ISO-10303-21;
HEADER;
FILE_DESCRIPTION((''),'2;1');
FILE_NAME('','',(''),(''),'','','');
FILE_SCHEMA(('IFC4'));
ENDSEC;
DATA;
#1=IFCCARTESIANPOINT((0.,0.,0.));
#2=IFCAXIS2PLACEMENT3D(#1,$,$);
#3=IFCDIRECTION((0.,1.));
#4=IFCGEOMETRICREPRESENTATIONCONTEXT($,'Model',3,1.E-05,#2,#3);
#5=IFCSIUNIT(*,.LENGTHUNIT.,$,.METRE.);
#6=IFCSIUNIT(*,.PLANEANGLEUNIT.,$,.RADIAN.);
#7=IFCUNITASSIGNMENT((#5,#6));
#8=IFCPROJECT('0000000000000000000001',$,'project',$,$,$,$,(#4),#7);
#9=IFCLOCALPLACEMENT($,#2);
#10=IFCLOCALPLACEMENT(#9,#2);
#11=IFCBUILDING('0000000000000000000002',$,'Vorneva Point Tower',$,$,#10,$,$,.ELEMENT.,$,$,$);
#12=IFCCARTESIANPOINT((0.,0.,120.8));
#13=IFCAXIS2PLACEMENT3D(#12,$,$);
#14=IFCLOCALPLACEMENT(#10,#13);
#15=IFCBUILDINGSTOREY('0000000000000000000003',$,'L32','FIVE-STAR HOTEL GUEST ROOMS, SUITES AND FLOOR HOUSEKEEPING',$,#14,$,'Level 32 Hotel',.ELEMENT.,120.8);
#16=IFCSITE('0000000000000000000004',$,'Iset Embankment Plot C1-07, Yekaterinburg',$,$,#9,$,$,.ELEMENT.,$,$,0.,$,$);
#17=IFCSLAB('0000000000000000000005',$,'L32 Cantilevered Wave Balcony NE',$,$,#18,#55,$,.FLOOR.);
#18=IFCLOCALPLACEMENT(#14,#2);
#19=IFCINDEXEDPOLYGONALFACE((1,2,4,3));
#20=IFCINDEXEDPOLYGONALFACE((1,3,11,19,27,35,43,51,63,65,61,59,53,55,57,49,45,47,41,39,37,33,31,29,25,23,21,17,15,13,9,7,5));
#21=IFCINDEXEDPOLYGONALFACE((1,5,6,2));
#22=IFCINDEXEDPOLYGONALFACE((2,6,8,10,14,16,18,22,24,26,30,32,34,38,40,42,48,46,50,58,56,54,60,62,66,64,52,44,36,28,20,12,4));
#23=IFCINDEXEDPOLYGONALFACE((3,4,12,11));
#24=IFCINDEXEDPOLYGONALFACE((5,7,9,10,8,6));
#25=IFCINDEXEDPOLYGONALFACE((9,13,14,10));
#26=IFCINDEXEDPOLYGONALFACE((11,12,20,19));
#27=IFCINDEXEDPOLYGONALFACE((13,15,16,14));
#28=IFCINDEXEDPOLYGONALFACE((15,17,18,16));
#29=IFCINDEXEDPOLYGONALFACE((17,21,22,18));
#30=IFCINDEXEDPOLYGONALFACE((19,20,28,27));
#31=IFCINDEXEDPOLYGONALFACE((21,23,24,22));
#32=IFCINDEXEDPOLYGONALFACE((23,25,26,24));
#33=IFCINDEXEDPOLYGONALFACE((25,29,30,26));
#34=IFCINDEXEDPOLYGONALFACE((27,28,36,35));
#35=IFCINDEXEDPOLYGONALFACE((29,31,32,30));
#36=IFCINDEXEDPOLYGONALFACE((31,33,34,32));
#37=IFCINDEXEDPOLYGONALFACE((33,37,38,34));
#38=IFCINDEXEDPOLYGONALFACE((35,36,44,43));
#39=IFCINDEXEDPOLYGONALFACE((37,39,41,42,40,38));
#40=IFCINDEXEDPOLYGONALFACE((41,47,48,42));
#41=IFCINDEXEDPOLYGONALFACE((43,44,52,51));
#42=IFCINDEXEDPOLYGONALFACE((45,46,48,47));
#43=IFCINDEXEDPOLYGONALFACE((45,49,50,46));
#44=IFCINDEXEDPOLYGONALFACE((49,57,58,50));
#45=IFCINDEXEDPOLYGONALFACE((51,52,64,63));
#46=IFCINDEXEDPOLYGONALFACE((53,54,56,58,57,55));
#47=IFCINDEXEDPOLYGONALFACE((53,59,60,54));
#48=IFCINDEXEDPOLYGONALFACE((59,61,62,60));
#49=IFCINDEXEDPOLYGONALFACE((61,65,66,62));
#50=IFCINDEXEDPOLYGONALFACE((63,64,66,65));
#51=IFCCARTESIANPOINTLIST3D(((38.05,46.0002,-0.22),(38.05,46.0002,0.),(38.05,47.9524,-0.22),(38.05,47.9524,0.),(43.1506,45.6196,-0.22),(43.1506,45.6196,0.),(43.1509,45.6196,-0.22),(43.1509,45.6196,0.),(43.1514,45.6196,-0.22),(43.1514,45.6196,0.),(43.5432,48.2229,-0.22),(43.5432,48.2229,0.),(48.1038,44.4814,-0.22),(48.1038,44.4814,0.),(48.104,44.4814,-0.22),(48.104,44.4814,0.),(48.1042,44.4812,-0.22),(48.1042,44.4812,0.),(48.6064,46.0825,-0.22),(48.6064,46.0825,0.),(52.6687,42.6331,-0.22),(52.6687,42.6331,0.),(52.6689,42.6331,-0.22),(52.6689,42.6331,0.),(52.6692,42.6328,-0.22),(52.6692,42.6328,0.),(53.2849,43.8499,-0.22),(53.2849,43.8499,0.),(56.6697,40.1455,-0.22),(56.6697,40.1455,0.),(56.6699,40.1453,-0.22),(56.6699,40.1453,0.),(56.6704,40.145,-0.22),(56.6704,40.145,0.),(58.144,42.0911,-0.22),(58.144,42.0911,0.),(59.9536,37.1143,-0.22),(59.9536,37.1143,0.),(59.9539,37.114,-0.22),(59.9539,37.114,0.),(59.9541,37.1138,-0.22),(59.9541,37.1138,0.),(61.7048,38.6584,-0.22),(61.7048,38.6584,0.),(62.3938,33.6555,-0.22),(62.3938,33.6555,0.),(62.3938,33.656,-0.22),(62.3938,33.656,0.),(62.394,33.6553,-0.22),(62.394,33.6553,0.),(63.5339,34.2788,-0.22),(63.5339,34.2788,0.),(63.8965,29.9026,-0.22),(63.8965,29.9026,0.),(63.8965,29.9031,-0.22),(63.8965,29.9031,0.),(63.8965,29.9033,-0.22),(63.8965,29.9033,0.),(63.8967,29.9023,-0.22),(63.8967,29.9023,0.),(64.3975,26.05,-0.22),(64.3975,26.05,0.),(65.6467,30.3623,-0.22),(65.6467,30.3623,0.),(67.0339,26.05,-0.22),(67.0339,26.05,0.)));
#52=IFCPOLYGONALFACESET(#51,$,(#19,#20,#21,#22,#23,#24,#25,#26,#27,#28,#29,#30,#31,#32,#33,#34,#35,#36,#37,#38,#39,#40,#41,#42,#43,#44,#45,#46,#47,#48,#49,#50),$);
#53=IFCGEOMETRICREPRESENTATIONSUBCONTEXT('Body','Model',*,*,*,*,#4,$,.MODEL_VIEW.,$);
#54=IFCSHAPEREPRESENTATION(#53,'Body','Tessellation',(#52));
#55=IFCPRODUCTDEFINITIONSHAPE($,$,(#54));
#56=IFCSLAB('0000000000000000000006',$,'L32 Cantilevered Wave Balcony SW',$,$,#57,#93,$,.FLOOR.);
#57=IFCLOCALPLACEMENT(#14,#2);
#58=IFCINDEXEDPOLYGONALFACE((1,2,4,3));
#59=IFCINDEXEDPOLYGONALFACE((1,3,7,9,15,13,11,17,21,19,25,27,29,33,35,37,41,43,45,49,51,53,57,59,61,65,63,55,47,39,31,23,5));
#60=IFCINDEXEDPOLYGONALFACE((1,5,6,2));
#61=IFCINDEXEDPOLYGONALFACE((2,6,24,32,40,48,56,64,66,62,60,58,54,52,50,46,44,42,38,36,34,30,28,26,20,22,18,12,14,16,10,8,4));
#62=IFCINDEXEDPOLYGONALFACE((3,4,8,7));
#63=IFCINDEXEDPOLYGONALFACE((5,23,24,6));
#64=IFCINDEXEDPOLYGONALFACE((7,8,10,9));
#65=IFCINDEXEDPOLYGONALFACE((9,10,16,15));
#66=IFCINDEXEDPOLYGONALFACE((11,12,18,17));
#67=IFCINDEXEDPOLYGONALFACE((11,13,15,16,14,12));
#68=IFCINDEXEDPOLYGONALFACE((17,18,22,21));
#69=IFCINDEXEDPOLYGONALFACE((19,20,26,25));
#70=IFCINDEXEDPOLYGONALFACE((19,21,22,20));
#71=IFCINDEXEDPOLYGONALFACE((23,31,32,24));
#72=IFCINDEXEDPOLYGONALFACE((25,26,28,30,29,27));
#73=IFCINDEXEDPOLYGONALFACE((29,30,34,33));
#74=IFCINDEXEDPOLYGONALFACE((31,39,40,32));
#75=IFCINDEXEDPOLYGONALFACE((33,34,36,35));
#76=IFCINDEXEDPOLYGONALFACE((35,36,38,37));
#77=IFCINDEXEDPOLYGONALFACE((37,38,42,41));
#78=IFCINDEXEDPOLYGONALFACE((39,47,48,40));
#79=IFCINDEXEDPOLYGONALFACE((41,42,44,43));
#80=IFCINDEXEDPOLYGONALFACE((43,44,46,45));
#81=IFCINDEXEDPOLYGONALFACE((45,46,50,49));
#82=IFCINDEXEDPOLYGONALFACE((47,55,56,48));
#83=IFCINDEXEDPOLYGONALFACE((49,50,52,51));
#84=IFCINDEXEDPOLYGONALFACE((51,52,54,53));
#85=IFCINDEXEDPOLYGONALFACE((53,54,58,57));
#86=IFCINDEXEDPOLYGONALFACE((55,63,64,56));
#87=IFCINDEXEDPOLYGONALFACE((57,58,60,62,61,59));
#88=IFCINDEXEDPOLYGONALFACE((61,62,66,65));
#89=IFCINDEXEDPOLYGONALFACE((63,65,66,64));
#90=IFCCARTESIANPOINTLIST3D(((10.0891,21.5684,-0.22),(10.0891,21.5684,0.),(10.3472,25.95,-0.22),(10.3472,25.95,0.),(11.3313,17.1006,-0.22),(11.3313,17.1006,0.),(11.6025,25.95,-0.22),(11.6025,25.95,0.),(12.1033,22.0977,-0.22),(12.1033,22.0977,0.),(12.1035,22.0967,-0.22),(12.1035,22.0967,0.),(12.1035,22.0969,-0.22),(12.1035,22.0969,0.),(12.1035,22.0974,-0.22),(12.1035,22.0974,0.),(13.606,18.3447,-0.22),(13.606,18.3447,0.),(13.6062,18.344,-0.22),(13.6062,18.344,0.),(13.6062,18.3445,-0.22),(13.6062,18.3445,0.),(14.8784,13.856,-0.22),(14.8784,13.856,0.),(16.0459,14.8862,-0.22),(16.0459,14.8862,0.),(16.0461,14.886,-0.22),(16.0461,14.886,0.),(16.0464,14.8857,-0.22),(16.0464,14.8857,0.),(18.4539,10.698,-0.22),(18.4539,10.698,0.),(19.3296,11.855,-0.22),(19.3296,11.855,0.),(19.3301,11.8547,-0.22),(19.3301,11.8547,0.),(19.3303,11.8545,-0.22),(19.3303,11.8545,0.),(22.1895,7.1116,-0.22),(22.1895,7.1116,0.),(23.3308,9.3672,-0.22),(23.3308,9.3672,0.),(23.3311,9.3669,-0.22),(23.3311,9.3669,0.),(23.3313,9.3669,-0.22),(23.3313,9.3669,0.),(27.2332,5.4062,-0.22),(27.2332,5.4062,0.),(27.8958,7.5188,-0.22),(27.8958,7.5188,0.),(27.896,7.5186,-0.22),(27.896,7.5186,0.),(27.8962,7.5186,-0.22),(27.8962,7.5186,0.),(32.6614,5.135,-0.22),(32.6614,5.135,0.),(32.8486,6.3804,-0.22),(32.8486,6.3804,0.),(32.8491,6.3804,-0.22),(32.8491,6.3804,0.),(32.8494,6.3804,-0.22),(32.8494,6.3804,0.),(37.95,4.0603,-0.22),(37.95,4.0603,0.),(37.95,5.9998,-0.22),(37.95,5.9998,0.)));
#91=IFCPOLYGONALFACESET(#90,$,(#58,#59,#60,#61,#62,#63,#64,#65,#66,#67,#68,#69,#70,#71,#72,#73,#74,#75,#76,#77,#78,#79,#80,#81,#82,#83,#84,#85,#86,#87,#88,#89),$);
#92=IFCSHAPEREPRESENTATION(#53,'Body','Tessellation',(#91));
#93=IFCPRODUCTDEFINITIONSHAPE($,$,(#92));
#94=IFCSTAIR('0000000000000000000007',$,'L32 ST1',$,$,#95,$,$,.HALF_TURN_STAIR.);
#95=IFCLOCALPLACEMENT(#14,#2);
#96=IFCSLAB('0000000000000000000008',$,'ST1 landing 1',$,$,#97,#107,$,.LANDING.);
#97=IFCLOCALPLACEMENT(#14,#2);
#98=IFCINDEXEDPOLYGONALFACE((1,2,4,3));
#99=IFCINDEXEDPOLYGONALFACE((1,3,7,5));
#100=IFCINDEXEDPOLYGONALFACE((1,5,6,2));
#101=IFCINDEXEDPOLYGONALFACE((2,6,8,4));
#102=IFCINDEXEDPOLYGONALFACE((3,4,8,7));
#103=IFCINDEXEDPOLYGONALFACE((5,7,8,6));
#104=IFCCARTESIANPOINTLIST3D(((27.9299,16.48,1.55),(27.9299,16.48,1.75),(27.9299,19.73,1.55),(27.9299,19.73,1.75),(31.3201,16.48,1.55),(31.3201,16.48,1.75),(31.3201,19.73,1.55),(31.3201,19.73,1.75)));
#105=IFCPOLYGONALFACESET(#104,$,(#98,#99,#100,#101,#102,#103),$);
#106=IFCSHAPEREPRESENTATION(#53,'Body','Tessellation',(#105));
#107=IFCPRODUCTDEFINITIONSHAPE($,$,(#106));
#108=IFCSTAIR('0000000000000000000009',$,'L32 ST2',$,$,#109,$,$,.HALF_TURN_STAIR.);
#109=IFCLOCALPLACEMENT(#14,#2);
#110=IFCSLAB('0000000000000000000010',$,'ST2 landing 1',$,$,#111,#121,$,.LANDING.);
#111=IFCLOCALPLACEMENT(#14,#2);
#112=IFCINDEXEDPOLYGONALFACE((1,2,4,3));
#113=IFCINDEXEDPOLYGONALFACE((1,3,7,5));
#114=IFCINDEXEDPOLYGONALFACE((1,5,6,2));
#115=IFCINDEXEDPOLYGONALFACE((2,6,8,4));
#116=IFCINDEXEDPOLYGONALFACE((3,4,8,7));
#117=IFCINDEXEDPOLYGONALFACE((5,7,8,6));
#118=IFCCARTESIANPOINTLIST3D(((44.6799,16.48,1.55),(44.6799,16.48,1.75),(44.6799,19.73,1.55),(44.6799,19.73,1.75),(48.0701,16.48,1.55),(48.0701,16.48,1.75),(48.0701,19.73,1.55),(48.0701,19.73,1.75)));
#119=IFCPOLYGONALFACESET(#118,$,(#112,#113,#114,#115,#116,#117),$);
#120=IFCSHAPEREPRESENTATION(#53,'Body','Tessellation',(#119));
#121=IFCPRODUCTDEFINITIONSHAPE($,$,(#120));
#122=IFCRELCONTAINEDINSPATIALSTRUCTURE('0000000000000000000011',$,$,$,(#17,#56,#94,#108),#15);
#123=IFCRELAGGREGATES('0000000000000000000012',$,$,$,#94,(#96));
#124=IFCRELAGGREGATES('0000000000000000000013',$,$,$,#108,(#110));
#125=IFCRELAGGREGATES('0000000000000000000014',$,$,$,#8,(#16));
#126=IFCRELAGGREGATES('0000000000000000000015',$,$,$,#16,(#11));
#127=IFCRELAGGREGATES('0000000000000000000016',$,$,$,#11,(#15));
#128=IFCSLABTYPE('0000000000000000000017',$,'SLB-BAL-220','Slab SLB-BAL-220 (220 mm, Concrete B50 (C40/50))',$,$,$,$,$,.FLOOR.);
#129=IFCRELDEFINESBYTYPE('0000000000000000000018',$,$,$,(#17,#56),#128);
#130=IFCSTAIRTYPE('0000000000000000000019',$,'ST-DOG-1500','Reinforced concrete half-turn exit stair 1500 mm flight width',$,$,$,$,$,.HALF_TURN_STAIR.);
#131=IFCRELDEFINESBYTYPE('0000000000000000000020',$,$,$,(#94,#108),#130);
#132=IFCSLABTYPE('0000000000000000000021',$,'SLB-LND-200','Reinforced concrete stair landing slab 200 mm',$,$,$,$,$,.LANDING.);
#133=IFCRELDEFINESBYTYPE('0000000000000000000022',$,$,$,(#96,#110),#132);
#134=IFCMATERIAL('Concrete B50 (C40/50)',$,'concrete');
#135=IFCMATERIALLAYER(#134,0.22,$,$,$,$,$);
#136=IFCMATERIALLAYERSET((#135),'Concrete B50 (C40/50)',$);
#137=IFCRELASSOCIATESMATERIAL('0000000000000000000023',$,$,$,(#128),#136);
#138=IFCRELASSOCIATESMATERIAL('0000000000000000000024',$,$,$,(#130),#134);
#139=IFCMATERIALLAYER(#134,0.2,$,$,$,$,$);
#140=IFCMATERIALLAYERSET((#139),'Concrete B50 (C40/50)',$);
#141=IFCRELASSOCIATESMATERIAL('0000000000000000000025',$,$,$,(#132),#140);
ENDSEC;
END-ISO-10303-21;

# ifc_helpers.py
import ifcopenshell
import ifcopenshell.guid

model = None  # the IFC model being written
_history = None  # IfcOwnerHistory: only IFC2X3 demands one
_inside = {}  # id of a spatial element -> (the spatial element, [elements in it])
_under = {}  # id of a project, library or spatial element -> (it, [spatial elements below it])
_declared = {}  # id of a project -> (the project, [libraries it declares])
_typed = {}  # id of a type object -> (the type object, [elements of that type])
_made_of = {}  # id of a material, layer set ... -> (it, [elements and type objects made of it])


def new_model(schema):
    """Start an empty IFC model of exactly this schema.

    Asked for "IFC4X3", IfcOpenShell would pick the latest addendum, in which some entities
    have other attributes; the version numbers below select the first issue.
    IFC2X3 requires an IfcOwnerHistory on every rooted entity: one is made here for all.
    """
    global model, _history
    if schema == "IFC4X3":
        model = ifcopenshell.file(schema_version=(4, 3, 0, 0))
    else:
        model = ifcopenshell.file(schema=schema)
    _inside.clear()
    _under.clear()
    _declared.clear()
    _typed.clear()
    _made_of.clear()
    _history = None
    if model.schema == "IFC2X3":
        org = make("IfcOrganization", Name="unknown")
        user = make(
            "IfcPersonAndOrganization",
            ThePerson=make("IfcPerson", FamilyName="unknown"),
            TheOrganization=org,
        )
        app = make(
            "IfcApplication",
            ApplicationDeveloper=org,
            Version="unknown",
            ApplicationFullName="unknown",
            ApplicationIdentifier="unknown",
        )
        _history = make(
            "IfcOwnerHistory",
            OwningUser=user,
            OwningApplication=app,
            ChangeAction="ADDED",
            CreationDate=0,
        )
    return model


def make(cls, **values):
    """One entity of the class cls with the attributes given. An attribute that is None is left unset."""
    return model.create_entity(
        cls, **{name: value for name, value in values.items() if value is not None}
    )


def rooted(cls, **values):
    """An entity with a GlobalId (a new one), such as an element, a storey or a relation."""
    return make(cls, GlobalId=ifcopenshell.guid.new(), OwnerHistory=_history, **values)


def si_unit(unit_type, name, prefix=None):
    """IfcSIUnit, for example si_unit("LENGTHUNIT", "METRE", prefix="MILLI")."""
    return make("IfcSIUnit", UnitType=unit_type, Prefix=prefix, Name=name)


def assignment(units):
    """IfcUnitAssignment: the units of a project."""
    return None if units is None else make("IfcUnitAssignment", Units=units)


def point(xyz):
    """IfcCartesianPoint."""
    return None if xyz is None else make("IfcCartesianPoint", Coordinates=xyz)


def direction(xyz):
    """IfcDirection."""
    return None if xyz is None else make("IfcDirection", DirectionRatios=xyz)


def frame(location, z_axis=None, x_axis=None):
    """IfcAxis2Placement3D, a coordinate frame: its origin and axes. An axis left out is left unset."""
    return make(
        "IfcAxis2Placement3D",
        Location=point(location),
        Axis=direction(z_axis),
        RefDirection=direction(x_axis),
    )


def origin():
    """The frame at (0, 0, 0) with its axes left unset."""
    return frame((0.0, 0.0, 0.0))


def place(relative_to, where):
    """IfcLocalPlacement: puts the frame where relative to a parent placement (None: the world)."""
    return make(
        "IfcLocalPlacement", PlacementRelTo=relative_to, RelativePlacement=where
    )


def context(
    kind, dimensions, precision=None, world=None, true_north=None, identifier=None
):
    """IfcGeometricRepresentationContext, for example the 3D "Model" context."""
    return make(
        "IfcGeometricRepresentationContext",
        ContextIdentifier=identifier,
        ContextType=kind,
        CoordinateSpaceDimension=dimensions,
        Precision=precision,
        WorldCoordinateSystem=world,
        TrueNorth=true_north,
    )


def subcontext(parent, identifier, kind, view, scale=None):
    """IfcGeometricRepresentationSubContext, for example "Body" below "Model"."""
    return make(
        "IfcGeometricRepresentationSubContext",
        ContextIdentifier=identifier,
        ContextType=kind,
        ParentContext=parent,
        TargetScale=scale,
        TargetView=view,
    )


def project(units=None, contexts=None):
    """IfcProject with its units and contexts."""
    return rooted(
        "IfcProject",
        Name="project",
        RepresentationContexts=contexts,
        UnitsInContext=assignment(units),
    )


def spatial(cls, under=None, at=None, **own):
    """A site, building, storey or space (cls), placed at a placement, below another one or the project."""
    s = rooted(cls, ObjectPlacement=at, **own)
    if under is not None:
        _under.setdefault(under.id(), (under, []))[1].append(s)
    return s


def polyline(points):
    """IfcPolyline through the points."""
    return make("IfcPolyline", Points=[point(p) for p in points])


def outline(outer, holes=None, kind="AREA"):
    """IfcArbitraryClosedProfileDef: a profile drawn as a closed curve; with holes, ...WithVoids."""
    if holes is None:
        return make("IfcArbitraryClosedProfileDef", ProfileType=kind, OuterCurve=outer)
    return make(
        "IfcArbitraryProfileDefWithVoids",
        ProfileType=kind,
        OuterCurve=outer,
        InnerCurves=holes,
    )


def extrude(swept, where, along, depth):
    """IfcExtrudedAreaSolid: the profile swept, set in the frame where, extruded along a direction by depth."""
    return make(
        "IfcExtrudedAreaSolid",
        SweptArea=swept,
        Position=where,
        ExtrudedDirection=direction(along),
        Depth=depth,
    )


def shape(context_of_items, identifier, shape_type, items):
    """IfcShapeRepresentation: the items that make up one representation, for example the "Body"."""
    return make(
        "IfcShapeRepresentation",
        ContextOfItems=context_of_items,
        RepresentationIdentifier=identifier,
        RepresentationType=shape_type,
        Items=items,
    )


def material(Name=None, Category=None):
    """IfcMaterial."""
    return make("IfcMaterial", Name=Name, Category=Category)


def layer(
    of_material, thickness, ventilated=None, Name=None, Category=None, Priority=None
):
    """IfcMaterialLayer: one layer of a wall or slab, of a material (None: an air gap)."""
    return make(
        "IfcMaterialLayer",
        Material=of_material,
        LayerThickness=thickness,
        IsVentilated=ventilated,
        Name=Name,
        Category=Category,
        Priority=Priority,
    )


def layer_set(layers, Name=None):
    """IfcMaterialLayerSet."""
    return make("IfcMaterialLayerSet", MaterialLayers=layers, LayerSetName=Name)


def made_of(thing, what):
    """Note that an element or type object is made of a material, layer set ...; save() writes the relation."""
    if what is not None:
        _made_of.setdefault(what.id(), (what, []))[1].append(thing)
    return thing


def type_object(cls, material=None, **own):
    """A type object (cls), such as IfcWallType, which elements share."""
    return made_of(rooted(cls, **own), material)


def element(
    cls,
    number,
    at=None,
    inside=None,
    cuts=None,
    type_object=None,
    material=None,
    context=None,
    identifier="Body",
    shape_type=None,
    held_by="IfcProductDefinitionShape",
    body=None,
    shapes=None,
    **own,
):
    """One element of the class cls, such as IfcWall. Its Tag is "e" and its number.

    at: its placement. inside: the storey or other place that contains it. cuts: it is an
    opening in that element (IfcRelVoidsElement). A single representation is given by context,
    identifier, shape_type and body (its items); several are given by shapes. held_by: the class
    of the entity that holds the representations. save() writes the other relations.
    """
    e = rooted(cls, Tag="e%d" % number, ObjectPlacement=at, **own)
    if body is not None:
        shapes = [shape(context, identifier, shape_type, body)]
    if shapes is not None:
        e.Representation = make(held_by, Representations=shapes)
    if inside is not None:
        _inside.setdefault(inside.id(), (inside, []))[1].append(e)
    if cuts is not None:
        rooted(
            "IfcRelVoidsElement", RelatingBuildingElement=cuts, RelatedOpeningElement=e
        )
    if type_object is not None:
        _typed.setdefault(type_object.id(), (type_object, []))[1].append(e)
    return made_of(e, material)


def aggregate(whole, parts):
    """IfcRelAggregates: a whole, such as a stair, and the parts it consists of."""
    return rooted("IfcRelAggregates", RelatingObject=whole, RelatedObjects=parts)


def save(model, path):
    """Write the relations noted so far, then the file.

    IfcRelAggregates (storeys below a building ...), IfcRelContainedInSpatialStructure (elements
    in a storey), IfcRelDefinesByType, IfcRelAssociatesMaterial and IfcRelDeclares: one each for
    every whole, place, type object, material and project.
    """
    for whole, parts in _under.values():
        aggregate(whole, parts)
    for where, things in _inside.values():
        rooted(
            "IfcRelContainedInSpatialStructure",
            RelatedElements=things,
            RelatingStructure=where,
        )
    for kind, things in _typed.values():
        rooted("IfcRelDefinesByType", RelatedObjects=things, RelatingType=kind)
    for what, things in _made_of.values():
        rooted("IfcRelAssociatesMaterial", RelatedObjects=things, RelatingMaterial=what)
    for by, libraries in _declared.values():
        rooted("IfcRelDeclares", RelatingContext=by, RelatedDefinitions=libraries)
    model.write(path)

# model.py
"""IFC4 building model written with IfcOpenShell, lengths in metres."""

from ifc_helpers import new_model, si_unit, direction, frame, origin, place, context, subcontext, project, spatial, polyline, outline, extrude, material, layer, layer_set, type_object, element, aggregate, save


model = new_model("IFC4")

# Units and contexts
model_context = context("Model", 3, precision=1e-05, world=origin(), true_north=direction((0.0, 1.0)))
body_context = subcontext(model_context, "Body", "Model", "MODEL_VIEW")
ifc_project = project(units=[si_unit("LENGTHUNIT", "METRE"), si_unit("PLANEANGLEUNIT", "RADIAN")], contexts=[model_context])

# Site, building, storey
site_placement = place(None, origin())
site = spatial("IfcSite", under=ifc_project, at=site_placement, Name="Iset Embankment Plot C1-07, Yekaterinburg", CompositionType="ELEMENT", RefElevation=0.0)
building_placement = place(site_placement, origin())
building = spatial("IfcBuilding", under=site, at=building_placement, Name="Vorneva Point Tower", CompositionType="ELEMENT")
storey_placement = place(building_placement, frame((0.0, 0.0, 120.8)))
storey = spatial("IfcBuildingStorey", under=building, at=storey_placement, Name="L32", Description="FIVE-STAR HOTEL GUEST ROOMS, SUITES AND FLOOR HOUSEKEEPING", LongName="Level 32 Hotel", CompositionType="ELEMENT", Elevation=120.8)

# Slabs
ifc_material_1 = material(Name="Concrete B50 (C40/50)", Category="concrete")
ifc_layer_1 = layer(ifc_material_1, 0.22)
ifc_layer_set_1 = layer_set([ifc_layer_1], Name="Concrete B50 (C40/50)")
slab_type_1 = type_object("IfcSlabType", Name="SLB-BAL-220", Description="Slab SLB-BAL-220 (220 mm, Concrete B50 (C40/50))", PredefinedType="FLOOR", material=ifc_layer_set_1)
slab_1_placement = place(storey_placement, frame((0.0, 0.0, -0.22)))
element("IfcSlab", 1, at=slab_1_placement, inside=storey, type_object=slab_type_1, Name="L32 Cantilevered Wave Balcony NE", PredefinedType="FLOOR", context=body_context, shape_type="SweptSolid", body=[
    extrude(outline(polyline([(38.05, 47.9524), (38.05, 46.0002), (43.1506, 45.6196), (43.1509, 45.6196), (43.1514, 45.6196), (48.1038, 44.4814), (48.104, 44.4814), (48.1042, 44.4812), (52.6687, 42.6331), (52.6689, 42.6331), (52.6692, 42.6328), (56.6697, 40.1455), (56.6699, 40.1453), (56.6704, 40.145), (59.9536, 37.1143), (59.9539, 37.114), (59.9541, 37.1138), (62.3938, 33.656), (62.3938, 33.6555), (62.394, 33.6553), (63.8965, 29.9033), (63.8965, 29.9031), (63.8965, 29.9026), (63.8967, 29.9023), (64.3975, 26.05), (67.0339, 26.05), (65.6467, 30.3623), (63.5339, 34.2788), (61.7048, 38.6584), (58.144, 42.0911), (53.2849, 43.8499), (48.6064, 46.0825), (43.5432, 48.2229), (38.05, 47.9524)])), origin(), (0.0, 0.0, 1.0), 0.22),
])
slab_2_placement = place(storey_placement, frame((0.0, 0.0, -0.22)))
element("IfcSlab", 2, at=slab_2_placement, inside=storey, type_object=slab_type_1, Name="L32 Cantilevered Wave Balcony SW", PredefinedType="FLOOR", context=body_context, shape_type="SweptSolid", body=[
    extrude(outline(polyline([(37.95, 4.0603), (37.95, 5.9998), (32.8494, 6.3804), (32.8491, 6.3804), (32.8486, 6.3804), (27.8962, 7.5186), (27.896, 7.5186), (27.8958, 7.5188), (23.3313, 9.3669), (23.3311, 9.3669), (23.3308, 9.3672), (19.3303, 11.8545), (19.3301, 11.8547), (19.3296, 11.855), (16.0464, 14.8857), (16.0461, 14.886), (16.0459, 14.8862), (13.6062, 18.344), (13.6062, 18.3445), (13.606, 18.3447), (12.1035, 22.0967), (12.1035, 22.0969), (12.1035, 22.0974), (12.1033, 22.0977), (11.6025, 25.95), (10.3472, 25.95), (10.0891, 21.5684), (11.3313, 17.1006), (14.8784, 13.856), (18.4539, 10.698), (22.1895, 7.1116), (27.2332, 5.4062), (32.6614, 5.135), (37.95, 4.0603)])), origin(), (0.0, 0.0, 1.0), 0.22),
])

# Stairs, slabs
stair_type = type_object("IfcStairType", Name="ST-DOG-1500", Description="Reinforced concrete half-turn exit stair 1500 mm flight width", PredefinedType="HALF_TURN_STAIR", material=ifc_material_1)
stair_1_placement = place(storey_placement, origin())
stair_1 = element("IfcStair", 3, at=stair_1_placement, inside=storey, type_object=stair_type, Name="L32 ST1", PredefinedType="HALF_TURN_STAIR")
ifc_layer_2 = layer(ifc_material_1, 0.2)
ifc_layer_set_2 = layer_set([ifc_layer_2], Name="Concrete B50 (C40/50)")
slab_type_2 = type_object("IfcSlabType", Name="SLB-LND-200", Description="Reinforced concrete stair landing slab 200 mm", PredefinedType="LANDING", material=ifc_layer_set_2)
slab_3_placement = place(storey_placement, frame((0.0, 0.0, 1.55)))
slab_3 = element("IfcSlab", 4, at=slab_3_placement, type_object=slab_type_2, Name="ST1 landing 1", PredefinedType="LANDING", context=body_context, shape_type="SweptSolid", body=[
    extrude(outline(polyline([(27.9299, 16.48), (31.3201, 16.48), (31.3201, 19.73), (27.9299, 19.73), (27.9299, 16.48)])), origin(), (0.0, 0.0, 1.0), 0.2),
])
aggregate(stair_1, [slab_3])
stair_2_placement = place(storey_placement, origin())
stair_2 = element("IfcStair", 5, at=stair_2_placement, inside=storey, type_object=stair_type, Name="L32 ST2", PredefinedType="HALF_TURN_STAIR")
slab_4_placement = place(storey_placement, frame((0.0, 0.0, 1.55)))
slab_4 = element("IfcSlab", 6, at=slab_4_placement, type_object=slab_type_2, Name="ST2 landing 1", PredefinedType="LANDING", context=body_context, shape_type="SweptSolid", body=[
    extrude(outline(polyline([(44.6799, 16.48), (48.0701, 16.48), (48.0701, 19.73), (44.6799, 19.73), (44.6799, 16.48)])), origin(), (0.0, 0.0, 1.0), 0.2),
])
aggregate(stair_2, [slab_4])

save(model, "model.ifc")
